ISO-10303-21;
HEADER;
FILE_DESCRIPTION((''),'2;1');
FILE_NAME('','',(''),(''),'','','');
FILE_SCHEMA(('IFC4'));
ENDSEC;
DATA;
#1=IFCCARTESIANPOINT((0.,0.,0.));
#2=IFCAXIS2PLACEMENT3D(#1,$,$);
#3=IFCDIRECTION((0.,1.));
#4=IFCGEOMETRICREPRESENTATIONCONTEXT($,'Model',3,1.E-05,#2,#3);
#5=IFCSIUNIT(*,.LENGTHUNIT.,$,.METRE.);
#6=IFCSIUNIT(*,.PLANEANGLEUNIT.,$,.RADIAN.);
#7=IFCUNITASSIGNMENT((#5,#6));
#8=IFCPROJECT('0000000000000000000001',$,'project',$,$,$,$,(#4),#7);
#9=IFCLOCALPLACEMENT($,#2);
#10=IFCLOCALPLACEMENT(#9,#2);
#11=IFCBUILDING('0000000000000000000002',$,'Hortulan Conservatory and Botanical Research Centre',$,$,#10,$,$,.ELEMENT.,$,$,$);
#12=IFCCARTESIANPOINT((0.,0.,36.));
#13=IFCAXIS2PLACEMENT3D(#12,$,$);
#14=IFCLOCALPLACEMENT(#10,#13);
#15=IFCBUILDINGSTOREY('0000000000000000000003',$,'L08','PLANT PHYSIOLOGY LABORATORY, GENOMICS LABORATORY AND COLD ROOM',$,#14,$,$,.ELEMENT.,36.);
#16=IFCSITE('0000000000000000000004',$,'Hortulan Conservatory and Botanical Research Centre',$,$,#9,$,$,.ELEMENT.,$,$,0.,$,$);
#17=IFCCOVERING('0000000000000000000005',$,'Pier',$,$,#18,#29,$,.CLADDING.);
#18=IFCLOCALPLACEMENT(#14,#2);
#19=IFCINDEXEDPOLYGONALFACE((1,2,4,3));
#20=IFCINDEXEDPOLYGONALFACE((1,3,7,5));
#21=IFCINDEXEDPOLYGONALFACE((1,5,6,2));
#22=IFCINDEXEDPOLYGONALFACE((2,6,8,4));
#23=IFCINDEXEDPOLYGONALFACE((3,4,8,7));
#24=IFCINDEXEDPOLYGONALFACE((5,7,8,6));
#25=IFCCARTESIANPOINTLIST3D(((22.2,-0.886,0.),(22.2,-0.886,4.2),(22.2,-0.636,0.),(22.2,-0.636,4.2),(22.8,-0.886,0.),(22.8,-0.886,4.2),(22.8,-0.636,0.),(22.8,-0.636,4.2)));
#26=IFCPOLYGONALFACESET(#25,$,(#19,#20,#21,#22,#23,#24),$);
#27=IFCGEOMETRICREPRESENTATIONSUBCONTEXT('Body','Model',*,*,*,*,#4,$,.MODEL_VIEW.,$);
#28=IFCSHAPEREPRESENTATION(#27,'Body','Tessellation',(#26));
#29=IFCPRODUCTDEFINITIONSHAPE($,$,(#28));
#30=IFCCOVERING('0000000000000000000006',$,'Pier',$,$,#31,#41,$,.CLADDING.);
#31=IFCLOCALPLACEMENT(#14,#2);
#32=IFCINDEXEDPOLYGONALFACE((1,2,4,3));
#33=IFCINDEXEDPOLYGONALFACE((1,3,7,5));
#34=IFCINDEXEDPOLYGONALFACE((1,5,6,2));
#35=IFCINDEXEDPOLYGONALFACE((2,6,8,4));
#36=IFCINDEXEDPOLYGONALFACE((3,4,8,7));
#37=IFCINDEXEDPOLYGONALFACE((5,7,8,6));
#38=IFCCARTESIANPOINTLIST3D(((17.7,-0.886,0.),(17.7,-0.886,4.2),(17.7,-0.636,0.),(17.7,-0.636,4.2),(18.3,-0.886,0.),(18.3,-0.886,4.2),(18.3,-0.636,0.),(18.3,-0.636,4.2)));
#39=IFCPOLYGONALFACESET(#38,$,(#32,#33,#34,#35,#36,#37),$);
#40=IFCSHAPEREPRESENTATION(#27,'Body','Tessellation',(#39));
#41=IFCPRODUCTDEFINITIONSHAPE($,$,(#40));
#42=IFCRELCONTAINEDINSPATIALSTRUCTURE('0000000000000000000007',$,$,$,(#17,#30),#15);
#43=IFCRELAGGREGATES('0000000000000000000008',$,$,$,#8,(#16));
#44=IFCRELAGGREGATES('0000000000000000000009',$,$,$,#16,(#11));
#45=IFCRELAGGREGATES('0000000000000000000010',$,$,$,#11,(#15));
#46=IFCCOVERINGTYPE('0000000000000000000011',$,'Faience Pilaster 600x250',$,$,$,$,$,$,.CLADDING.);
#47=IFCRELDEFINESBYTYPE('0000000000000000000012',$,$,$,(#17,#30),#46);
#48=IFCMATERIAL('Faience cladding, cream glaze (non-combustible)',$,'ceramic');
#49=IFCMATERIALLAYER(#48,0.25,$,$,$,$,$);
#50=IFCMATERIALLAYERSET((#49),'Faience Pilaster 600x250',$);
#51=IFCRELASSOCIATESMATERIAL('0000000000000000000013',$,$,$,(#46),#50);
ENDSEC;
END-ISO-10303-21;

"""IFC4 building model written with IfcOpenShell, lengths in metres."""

from ifc_helpers import new_model, si_unit, direction, frame, origin, origin_2d, place, context, subcontext, project, spatial, rectangle, extrude, material, layer, layer_set, type_object, element, save


model = new_model("IFC4")

# Units and contexts
model_context = context("Model", 3, precision=1e-05, world=origin(), true_north=direction((0.0, 1.0)))
body_context = subcontext(model_context, "Body", "Model", "MODEL_VIEW")
ifc_project = project(units=[si_unit("LENGTHUNIT", "METRE"), si_unit("PLANEANGLEUNIT", "RADIAN")], contexts=[model_context])

# Site, building, storey
site_placement = place(None, origin())
site = spatial("IfcSite", under=ifc_project, at=site_placement, Name="Hortulan Conservatory and Botanical Research Centre", CompositionType="ELEMENT", RefElevation=0.0)
building_placement = place(site_placement, origin())
building = spatial("IfcBuilding", under=site, at=building_placement, Name="Hortulan Conservatory and Botanical Research Centre", CompositionType="ELEMENT")
storey_placement = place(building_placement, frame((0.0, 0.0, 36.0)))
storey = spatial("IfcBuildingStorey", under=building, at=storey_placement, Name="L08", Description="PLANT PHYSIOLOGY LABORATORY, GENOMICS LABORATORY AND COLD ROOM", CompositionType="ELEMENT", Elevation=36.0)

# Coverings
ifc_material_1 = material(Name="Faience cladding, cream glaze (non-combustible)", Category="ceramic")
ifc_layer_1 = layer(ifc_material_1, 0.25)
ifc_layer_set_1 = layer_set([ifc_layer_1], Name="Faience Pilaster 600x250")
covering_type_1 = type_object("IfcCoveringType", Name="Faience Pilaster 600x250", PredefinedType="CLADDING", material=ifc_layer_set_1)
for number, where, z_axis, x_axis, name in (
    (1, (22.5, -0.761, 0.0), (0.0, 0.0, 1.0), (-1.0, 0.0, 0.0), "Pier"),
    (2, (18.0, -0.761, 0.0), (0.0, 0.0, 1.0), (-1.0, 0.0, 0.0), "Pier"),
):
    element("IfcCovering", number, at=place(storey_placement, frame(where, z_axis=z_axis, x_axis=x_axis)), inside=storey, type_object=covering_type_1, Name=name, PredefinedType="CLADDING", context=body_context, shape_type="SweptSolid", body=[
        extrude(rectangle(XDim=0.6001, YDim=0.25, at=origin_2d()), origin(), (0.0, 0.0, 1.0), 4.2),
    ])

save(model, "model.ifc")
